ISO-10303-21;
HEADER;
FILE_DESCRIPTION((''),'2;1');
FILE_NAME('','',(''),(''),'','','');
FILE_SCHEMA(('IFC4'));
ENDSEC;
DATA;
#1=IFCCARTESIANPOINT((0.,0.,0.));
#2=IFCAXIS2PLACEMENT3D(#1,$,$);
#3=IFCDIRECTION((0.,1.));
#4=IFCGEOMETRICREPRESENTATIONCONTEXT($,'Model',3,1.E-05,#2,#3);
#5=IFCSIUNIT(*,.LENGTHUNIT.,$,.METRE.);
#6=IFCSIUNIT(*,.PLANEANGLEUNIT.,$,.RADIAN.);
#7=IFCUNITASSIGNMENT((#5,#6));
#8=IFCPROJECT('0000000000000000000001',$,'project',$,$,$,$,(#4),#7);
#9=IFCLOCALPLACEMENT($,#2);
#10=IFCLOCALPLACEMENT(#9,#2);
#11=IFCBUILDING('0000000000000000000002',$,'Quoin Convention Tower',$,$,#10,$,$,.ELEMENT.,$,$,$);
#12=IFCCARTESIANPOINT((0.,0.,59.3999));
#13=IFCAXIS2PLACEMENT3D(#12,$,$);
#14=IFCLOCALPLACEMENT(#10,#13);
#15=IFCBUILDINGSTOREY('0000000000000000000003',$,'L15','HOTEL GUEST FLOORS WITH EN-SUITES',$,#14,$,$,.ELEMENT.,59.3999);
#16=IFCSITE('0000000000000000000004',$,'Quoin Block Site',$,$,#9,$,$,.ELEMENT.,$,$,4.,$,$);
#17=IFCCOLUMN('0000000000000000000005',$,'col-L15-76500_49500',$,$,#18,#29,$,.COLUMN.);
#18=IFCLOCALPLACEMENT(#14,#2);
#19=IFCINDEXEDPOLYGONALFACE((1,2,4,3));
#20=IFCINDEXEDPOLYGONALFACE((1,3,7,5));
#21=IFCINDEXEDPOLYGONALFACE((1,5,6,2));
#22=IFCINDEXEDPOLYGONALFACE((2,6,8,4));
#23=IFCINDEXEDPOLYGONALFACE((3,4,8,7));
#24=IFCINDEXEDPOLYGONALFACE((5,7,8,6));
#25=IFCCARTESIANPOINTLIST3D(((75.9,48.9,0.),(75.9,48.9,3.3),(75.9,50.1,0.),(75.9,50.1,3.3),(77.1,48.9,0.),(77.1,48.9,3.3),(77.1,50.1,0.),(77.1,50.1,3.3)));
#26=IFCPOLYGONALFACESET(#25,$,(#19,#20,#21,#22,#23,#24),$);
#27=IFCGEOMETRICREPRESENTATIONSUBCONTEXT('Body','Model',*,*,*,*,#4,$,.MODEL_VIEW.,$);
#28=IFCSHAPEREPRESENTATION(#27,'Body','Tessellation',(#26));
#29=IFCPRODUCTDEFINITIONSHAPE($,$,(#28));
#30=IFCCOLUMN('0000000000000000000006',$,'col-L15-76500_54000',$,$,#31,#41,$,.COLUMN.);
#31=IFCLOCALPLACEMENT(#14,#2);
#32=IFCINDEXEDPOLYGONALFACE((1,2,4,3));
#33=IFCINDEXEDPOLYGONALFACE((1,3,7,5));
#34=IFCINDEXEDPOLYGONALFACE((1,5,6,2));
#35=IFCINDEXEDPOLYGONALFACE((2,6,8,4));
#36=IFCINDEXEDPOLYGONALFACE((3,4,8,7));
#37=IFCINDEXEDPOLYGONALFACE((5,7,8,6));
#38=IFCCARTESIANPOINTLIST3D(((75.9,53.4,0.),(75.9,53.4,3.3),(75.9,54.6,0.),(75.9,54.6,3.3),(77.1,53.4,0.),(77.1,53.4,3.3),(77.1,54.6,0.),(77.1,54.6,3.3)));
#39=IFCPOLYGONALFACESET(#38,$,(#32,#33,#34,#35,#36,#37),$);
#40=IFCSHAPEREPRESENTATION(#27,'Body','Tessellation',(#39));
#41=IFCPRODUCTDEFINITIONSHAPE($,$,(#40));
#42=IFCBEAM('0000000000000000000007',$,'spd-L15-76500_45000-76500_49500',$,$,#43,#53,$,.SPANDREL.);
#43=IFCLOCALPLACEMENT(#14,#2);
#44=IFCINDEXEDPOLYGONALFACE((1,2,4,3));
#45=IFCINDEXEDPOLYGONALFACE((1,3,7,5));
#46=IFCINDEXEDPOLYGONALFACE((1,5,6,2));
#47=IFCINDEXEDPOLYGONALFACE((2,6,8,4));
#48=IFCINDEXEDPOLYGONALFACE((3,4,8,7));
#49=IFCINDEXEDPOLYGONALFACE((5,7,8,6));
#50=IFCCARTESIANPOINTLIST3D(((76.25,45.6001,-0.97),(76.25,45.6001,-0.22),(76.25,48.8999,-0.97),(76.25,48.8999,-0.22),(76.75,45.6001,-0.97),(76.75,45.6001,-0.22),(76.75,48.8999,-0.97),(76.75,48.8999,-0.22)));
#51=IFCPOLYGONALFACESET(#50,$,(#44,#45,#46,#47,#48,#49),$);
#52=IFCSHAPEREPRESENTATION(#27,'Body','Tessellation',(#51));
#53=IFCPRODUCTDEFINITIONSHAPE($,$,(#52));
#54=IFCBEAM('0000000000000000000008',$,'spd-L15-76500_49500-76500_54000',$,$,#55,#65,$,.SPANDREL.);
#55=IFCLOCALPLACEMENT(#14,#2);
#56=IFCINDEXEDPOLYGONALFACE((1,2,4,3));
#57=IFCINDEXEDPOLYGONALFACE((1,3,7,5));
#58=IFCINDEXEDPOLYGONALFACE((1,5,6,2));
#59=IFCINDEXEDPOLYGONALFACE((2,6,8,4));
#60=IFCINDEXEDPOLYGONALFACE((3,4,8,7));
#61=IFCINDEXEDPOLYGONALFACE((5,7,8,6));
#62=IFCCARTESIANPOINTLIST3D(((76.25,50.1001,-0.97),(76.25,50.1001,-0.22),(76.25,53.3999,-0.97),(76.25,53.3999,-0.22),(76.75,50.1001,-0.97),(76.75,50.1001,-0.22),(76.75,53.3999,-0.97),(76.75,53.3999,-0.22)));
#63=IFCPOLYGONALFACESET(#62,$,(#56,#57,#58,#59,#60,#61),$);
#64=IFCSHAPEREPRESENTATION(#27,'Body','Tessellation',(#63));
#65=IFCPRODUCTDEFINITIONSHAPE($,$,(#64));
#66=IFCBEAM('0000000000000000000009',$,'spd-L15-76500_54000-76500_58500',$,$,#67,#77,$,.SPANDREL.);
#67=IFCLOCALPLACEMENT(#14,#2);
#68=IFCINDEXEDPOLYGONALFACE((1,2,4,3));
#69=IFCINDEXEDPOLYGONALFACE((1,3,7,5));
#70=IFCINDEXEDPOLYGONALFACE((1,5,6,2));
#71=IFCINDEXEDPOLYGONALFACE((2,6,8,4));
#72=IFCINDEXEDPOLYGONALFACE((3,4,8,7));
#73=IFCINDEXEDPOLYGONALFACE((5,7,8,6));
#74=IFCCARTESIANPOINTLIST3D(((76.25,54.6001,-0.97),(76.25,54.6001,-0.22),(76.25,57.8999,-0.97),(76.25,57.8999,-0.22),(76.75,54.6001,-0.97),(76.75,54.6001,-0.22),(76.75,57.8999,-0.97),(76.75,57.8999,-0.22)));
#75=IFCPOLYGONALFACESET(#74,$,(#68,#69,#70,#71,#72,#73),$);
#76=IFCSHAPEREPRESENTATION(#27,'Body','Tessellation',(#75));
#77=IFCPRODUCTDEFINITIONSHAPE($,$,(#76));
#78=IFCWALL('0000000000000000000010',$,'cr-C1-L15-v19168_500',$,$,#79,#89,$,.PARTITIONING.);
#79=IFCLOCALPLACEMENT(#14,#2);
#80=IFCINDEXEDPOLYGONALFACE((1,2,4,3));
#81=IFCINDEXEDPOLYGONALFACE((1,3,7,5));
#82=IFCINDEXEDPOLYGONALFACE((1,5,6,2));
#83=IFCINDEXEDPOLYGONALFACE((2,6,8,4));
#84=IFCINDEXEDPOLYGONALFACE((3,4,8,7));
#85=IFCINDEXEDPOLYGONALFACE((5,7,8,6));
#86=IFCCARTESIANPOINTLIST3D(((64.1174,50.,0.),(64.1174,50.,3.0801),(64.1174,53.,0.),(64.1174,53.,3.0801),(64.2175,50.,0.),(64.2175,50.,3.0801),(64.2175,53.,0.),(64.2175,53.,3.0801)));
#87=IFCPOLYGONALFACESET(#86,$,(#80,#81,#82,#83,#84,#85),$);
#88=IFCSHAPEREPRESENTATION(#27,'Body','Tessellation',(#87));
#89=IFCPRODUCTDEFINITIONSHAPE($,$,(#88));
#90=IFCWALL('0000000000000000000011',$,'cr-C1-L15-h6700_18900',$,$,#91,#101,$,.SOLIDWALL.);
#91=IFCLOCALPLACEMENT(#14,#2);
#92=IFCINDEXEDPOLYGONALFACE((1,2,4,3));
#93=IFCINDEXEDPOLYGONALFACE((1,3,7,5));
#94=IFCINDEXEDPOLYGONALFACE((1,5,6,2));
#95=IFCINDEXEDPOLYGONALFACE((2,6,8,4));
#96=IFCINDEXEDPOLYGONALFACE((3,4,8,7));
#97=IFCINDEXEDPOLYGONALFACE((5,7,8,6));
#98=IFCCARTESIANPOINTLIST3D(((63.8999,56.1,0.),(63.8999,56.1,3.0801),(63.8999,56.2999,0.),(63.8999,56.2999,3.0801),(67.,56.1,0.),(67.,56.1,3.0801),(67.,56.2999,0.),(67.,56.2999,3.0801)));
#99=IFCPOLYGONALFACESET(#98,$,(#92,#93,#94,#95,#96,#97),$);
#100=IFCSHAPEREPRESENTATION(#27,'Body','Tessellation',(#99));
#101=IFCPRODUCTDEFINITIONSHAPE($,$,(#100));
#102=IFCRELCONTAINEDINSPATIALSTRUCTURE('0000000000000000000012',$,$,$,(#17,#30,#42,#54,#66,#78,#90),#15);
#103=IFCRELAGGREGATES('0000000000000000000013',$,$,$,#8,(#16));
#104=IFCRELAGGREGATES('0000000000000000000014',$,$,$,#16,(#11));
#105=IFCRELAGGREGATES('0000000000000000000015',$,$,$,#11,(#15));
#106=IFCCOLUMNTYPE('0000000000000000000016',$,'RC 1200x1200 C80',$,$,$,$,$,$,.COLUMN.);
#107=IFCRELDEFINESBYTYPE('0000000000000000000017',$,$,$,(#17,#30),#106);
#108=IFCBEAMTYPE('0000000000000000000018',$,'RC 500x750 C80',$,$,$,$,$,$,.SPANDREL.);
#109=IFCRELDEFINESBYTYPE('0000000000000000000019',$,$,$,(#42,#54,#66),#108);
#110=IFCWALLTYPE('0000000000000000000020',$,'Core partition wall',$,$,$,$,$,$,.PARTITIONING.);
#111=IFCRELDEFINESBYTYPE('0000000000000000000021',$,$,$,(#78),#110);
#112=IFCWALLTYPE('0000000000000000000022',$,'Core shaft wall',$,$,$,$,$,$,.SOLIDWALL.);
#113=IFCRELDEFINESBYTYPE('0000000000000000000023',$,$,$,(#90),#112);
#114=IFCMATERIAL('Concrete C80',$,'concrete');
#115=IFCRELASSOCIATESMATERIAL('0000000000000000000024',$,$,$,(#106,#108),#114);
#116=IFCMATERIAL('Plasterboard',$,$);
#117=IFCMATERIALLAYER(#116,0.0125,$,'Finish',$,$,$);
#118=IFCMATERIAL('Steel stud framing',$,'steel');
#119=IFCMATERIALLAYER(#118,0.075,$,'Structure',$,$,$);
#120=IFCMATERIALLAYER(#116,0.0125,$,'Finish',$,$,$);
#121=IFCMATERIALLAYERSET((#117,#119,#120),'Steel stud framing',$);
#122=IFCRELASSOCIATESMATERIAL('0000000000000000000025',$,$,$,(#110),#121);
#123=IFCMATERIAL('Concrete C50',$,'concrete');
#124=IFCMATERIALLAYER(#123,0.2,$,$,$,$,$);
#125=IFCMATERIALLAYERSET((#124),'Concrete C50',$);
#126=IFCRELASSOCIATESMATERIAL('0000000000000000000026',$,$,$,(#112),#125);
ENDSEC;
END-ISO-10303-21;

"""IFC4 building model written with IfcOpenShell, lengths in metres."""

from ifc_helpers import new_model, si_unit, direction, frame, frame_2d, origin, origin_2d, place, context, subcontext, project, spatial, rectangle, extrude, material, layer, layer_set, material_profile, profile_set, type_object, element, save


model = new_model("IFC4")

# Units and contexts
model_context = context("Model", 3, precision=1e-05, world=origin(), true_north=direction((0.0, 1.0)))
body_context = subcontext(model_context, "Body", "Model", "MODEL_VIEW")
ifc_project = project(units=[si_unit("LENGTHUNIT", "METRE"), si_unit("PLANEANGLEUNIT", "RADIAN")], contexts=[model_context])

# Site, building, storey
site_placement = place(None, origin())
site = spatial("IfcSite", under=ifc_project, at=site_placement, Name="Quoin Block Site", CompositionType="ELEMENT", RefElevation=4.0)
building_placement = place(site_placement, origin())
building = spatial("IfcBuilding", under=site, at=building_placement, Name="Quoin Convention Tower", CompositionType="ELEMENT")
storey_placement = place(building_placement, frame((0.0, 0.0, 59.3999)))
storey = spatial("IfcBuildingStorey", under=building, at=storey_placement, Name="L15", Description="HOTEL GUEST FLOORS WITH EN-SUITES", CompositionType="ELEMENT", Elevation=59.3999)

# Columns
ifc_material_1 = material(Name="Concrete C80", Category="concrete")
ifc_material_profile_1 = material_profile(ifc_material_1, rectangle(XDim=1.2, YDim=1.2, at=origin_2d()), Name="RC 1200x1200")
ifc_profile_set_1 = profile_set([ifc_material_profile_1], Name="Concrete C80")
column_type = type_object("IfcColumnType", Name="RC 1200x1200 C80", PredefinedType="COLUMN", material=ifc_profile_set_1)
for number, where, z_axis, x_axis, name in (
    (1, (76.5, 49.5, 0.0), (0.0, 0.0, 1.0), (1.0, 0.0, 0.0), "col-L15-76500_49500"),
    (2, (76.5, 54.0, 0.0), (0.0, 0.0, 1.0), (1.0, 0.0, 0.0), "col-L15-76500_54000"),
):
    element("IfcColumn", number, at=place(storey_placement, frame(where, z_axis=z_axis, x_axis=x_axis)), inside=storey, type_object=column_type, Name=name, PredefinedType="COLUMN", context=body_context, shape_type="SweptSolid", body=[
        extrude(rectangle(XDim=1.2, YDim=1.2, at=origin_2d()), origin(), (0.0, 0.0, 1.0), 3.3),
    ])

# Beams
ifc_material_profile_2 = material_profile(ifc_material_1, rectangle(XDim=0.5, YDim=0.75, at=origin_2d()), Name="RC 500x750")
ifc_profile_set_2 = profile_set([ifc_material_profile_2], Name="Concrete C80")
beam_type = type_object("IfcBeamType", Name="RC 500x750 C80", PredefinedType="SPANDREL", material=ifc_profile_set_2)
for number, where, z_axis, x_axis, name in (
    (3, (76.5, 45.6001, -0.595), (0.0, 1.0, 0.0), (-1.0, 0.0, 0.0), "spd-L15-76500_45000-76500_49500"),
    (4, (76.5, 50.1001, -0.595), (0.0, 1.0, 0.0), (-1.0, 0.0, 0.0), "spd-L15-76500_49500-76500_54000"),
    (5, (76.5, 54.6001, -0.595), (0.0, 1.0, 0.0), (-1.0, 0.0, 0.0), "spd-L15-76500_54000-76500_58500"),
):
    element("IfcBeam", number, at=place(storey_placement, frame(where, z_axis=z_axis, x_axis=x_axis)), inside=storey, type_object=beam_type, Name=name, PredefinedType="SPANDREL", context=body_context, shape_type="SweptSolid", body=[
        extrude(rectangle(XDim=0.5, YDim=0.75, at=origin_2d()), origin(), (0.0, 0.0, 1.0), 3.2998),
    ])

# Walls
ifc_material_2 = material(Name="Plasterboard")
ifc_layer_1 = layer(ifc_material_2, 0.0125, Name="Finish")
ifc_material_3 = material(Name="Steel stud framing", Category="steel")
ifc_layer_2 = layer(ifc_material_3, 0.075, Name="Structure")
ifc_layer_3 = layer(ifc_material_2, 0.0125, Name="Finish")
ifc_layer_set_1 = layer_set([ifc_layer_1, ifc_layer_2, ifc_layer_3], Name="Steel stud framing")
wall_type_1 = type_object("IfcWallType", Name="Core partition wall", PredefinedType="PARTITIONING", material=ifc_layer_set_1)
wall_1_placement = place(storey_placement, frame((64.1675, 50.0, 0.0), z_axis=(0.0, 0.0, 1.0), x_axis=(0.0, 1.0, 0.0)))
element("IfcWall", 6, at=wall_1_placement, inside=storey, type_object=wall_type_1, Name="cr-C1-L15-v19168_500", PredefinedType="PARTITIONING", context=body_context, shape_type="SweptSolid", body=[
    extrude(rectangle(XDim=3.0, YDim=0.1001, at=frame_2d((1.5, 0.0))), origin(), (0.0, 0.0, 1.0), 3.0801),
])
ifc_material_4 = material(Name="Concrete C50", Category="concrete")
ifc_layer_4 = layer(ifc_material_4, 0.2)
ifc_layer_set_2 = layer_set([ifc_layer_4], Name="Concrete C50")
wall_type_2 = type_object("IfcWallType", Name="Core shaft wall", PredefinedType="SOLIDWALL", material=ifc_layer_set_2)
wall_2_placement = place(storey_placement, frame((63.8999, 56.2, 0.0), z_axis=(0.0, 0.0, 1.0), x_axis=(1.0, 0.0, 0.0)))
element("IfcWall", 7, at=wall_2_placement, inside=storey, type_object=wall_type_2, Name="cr-C1-L15-h6700_18900", PredefinedType="SOLIDWALL", context=body_context, shape_type="SweptSolid", body=[
    extrude(rectangle(XDim=3.1001, YDim=0.2, at=frame_2d((1.55, 0.0))), origin(), (0.0, 0.0, 1.0), 3.0801),
])

save(model, "model.ifc")
